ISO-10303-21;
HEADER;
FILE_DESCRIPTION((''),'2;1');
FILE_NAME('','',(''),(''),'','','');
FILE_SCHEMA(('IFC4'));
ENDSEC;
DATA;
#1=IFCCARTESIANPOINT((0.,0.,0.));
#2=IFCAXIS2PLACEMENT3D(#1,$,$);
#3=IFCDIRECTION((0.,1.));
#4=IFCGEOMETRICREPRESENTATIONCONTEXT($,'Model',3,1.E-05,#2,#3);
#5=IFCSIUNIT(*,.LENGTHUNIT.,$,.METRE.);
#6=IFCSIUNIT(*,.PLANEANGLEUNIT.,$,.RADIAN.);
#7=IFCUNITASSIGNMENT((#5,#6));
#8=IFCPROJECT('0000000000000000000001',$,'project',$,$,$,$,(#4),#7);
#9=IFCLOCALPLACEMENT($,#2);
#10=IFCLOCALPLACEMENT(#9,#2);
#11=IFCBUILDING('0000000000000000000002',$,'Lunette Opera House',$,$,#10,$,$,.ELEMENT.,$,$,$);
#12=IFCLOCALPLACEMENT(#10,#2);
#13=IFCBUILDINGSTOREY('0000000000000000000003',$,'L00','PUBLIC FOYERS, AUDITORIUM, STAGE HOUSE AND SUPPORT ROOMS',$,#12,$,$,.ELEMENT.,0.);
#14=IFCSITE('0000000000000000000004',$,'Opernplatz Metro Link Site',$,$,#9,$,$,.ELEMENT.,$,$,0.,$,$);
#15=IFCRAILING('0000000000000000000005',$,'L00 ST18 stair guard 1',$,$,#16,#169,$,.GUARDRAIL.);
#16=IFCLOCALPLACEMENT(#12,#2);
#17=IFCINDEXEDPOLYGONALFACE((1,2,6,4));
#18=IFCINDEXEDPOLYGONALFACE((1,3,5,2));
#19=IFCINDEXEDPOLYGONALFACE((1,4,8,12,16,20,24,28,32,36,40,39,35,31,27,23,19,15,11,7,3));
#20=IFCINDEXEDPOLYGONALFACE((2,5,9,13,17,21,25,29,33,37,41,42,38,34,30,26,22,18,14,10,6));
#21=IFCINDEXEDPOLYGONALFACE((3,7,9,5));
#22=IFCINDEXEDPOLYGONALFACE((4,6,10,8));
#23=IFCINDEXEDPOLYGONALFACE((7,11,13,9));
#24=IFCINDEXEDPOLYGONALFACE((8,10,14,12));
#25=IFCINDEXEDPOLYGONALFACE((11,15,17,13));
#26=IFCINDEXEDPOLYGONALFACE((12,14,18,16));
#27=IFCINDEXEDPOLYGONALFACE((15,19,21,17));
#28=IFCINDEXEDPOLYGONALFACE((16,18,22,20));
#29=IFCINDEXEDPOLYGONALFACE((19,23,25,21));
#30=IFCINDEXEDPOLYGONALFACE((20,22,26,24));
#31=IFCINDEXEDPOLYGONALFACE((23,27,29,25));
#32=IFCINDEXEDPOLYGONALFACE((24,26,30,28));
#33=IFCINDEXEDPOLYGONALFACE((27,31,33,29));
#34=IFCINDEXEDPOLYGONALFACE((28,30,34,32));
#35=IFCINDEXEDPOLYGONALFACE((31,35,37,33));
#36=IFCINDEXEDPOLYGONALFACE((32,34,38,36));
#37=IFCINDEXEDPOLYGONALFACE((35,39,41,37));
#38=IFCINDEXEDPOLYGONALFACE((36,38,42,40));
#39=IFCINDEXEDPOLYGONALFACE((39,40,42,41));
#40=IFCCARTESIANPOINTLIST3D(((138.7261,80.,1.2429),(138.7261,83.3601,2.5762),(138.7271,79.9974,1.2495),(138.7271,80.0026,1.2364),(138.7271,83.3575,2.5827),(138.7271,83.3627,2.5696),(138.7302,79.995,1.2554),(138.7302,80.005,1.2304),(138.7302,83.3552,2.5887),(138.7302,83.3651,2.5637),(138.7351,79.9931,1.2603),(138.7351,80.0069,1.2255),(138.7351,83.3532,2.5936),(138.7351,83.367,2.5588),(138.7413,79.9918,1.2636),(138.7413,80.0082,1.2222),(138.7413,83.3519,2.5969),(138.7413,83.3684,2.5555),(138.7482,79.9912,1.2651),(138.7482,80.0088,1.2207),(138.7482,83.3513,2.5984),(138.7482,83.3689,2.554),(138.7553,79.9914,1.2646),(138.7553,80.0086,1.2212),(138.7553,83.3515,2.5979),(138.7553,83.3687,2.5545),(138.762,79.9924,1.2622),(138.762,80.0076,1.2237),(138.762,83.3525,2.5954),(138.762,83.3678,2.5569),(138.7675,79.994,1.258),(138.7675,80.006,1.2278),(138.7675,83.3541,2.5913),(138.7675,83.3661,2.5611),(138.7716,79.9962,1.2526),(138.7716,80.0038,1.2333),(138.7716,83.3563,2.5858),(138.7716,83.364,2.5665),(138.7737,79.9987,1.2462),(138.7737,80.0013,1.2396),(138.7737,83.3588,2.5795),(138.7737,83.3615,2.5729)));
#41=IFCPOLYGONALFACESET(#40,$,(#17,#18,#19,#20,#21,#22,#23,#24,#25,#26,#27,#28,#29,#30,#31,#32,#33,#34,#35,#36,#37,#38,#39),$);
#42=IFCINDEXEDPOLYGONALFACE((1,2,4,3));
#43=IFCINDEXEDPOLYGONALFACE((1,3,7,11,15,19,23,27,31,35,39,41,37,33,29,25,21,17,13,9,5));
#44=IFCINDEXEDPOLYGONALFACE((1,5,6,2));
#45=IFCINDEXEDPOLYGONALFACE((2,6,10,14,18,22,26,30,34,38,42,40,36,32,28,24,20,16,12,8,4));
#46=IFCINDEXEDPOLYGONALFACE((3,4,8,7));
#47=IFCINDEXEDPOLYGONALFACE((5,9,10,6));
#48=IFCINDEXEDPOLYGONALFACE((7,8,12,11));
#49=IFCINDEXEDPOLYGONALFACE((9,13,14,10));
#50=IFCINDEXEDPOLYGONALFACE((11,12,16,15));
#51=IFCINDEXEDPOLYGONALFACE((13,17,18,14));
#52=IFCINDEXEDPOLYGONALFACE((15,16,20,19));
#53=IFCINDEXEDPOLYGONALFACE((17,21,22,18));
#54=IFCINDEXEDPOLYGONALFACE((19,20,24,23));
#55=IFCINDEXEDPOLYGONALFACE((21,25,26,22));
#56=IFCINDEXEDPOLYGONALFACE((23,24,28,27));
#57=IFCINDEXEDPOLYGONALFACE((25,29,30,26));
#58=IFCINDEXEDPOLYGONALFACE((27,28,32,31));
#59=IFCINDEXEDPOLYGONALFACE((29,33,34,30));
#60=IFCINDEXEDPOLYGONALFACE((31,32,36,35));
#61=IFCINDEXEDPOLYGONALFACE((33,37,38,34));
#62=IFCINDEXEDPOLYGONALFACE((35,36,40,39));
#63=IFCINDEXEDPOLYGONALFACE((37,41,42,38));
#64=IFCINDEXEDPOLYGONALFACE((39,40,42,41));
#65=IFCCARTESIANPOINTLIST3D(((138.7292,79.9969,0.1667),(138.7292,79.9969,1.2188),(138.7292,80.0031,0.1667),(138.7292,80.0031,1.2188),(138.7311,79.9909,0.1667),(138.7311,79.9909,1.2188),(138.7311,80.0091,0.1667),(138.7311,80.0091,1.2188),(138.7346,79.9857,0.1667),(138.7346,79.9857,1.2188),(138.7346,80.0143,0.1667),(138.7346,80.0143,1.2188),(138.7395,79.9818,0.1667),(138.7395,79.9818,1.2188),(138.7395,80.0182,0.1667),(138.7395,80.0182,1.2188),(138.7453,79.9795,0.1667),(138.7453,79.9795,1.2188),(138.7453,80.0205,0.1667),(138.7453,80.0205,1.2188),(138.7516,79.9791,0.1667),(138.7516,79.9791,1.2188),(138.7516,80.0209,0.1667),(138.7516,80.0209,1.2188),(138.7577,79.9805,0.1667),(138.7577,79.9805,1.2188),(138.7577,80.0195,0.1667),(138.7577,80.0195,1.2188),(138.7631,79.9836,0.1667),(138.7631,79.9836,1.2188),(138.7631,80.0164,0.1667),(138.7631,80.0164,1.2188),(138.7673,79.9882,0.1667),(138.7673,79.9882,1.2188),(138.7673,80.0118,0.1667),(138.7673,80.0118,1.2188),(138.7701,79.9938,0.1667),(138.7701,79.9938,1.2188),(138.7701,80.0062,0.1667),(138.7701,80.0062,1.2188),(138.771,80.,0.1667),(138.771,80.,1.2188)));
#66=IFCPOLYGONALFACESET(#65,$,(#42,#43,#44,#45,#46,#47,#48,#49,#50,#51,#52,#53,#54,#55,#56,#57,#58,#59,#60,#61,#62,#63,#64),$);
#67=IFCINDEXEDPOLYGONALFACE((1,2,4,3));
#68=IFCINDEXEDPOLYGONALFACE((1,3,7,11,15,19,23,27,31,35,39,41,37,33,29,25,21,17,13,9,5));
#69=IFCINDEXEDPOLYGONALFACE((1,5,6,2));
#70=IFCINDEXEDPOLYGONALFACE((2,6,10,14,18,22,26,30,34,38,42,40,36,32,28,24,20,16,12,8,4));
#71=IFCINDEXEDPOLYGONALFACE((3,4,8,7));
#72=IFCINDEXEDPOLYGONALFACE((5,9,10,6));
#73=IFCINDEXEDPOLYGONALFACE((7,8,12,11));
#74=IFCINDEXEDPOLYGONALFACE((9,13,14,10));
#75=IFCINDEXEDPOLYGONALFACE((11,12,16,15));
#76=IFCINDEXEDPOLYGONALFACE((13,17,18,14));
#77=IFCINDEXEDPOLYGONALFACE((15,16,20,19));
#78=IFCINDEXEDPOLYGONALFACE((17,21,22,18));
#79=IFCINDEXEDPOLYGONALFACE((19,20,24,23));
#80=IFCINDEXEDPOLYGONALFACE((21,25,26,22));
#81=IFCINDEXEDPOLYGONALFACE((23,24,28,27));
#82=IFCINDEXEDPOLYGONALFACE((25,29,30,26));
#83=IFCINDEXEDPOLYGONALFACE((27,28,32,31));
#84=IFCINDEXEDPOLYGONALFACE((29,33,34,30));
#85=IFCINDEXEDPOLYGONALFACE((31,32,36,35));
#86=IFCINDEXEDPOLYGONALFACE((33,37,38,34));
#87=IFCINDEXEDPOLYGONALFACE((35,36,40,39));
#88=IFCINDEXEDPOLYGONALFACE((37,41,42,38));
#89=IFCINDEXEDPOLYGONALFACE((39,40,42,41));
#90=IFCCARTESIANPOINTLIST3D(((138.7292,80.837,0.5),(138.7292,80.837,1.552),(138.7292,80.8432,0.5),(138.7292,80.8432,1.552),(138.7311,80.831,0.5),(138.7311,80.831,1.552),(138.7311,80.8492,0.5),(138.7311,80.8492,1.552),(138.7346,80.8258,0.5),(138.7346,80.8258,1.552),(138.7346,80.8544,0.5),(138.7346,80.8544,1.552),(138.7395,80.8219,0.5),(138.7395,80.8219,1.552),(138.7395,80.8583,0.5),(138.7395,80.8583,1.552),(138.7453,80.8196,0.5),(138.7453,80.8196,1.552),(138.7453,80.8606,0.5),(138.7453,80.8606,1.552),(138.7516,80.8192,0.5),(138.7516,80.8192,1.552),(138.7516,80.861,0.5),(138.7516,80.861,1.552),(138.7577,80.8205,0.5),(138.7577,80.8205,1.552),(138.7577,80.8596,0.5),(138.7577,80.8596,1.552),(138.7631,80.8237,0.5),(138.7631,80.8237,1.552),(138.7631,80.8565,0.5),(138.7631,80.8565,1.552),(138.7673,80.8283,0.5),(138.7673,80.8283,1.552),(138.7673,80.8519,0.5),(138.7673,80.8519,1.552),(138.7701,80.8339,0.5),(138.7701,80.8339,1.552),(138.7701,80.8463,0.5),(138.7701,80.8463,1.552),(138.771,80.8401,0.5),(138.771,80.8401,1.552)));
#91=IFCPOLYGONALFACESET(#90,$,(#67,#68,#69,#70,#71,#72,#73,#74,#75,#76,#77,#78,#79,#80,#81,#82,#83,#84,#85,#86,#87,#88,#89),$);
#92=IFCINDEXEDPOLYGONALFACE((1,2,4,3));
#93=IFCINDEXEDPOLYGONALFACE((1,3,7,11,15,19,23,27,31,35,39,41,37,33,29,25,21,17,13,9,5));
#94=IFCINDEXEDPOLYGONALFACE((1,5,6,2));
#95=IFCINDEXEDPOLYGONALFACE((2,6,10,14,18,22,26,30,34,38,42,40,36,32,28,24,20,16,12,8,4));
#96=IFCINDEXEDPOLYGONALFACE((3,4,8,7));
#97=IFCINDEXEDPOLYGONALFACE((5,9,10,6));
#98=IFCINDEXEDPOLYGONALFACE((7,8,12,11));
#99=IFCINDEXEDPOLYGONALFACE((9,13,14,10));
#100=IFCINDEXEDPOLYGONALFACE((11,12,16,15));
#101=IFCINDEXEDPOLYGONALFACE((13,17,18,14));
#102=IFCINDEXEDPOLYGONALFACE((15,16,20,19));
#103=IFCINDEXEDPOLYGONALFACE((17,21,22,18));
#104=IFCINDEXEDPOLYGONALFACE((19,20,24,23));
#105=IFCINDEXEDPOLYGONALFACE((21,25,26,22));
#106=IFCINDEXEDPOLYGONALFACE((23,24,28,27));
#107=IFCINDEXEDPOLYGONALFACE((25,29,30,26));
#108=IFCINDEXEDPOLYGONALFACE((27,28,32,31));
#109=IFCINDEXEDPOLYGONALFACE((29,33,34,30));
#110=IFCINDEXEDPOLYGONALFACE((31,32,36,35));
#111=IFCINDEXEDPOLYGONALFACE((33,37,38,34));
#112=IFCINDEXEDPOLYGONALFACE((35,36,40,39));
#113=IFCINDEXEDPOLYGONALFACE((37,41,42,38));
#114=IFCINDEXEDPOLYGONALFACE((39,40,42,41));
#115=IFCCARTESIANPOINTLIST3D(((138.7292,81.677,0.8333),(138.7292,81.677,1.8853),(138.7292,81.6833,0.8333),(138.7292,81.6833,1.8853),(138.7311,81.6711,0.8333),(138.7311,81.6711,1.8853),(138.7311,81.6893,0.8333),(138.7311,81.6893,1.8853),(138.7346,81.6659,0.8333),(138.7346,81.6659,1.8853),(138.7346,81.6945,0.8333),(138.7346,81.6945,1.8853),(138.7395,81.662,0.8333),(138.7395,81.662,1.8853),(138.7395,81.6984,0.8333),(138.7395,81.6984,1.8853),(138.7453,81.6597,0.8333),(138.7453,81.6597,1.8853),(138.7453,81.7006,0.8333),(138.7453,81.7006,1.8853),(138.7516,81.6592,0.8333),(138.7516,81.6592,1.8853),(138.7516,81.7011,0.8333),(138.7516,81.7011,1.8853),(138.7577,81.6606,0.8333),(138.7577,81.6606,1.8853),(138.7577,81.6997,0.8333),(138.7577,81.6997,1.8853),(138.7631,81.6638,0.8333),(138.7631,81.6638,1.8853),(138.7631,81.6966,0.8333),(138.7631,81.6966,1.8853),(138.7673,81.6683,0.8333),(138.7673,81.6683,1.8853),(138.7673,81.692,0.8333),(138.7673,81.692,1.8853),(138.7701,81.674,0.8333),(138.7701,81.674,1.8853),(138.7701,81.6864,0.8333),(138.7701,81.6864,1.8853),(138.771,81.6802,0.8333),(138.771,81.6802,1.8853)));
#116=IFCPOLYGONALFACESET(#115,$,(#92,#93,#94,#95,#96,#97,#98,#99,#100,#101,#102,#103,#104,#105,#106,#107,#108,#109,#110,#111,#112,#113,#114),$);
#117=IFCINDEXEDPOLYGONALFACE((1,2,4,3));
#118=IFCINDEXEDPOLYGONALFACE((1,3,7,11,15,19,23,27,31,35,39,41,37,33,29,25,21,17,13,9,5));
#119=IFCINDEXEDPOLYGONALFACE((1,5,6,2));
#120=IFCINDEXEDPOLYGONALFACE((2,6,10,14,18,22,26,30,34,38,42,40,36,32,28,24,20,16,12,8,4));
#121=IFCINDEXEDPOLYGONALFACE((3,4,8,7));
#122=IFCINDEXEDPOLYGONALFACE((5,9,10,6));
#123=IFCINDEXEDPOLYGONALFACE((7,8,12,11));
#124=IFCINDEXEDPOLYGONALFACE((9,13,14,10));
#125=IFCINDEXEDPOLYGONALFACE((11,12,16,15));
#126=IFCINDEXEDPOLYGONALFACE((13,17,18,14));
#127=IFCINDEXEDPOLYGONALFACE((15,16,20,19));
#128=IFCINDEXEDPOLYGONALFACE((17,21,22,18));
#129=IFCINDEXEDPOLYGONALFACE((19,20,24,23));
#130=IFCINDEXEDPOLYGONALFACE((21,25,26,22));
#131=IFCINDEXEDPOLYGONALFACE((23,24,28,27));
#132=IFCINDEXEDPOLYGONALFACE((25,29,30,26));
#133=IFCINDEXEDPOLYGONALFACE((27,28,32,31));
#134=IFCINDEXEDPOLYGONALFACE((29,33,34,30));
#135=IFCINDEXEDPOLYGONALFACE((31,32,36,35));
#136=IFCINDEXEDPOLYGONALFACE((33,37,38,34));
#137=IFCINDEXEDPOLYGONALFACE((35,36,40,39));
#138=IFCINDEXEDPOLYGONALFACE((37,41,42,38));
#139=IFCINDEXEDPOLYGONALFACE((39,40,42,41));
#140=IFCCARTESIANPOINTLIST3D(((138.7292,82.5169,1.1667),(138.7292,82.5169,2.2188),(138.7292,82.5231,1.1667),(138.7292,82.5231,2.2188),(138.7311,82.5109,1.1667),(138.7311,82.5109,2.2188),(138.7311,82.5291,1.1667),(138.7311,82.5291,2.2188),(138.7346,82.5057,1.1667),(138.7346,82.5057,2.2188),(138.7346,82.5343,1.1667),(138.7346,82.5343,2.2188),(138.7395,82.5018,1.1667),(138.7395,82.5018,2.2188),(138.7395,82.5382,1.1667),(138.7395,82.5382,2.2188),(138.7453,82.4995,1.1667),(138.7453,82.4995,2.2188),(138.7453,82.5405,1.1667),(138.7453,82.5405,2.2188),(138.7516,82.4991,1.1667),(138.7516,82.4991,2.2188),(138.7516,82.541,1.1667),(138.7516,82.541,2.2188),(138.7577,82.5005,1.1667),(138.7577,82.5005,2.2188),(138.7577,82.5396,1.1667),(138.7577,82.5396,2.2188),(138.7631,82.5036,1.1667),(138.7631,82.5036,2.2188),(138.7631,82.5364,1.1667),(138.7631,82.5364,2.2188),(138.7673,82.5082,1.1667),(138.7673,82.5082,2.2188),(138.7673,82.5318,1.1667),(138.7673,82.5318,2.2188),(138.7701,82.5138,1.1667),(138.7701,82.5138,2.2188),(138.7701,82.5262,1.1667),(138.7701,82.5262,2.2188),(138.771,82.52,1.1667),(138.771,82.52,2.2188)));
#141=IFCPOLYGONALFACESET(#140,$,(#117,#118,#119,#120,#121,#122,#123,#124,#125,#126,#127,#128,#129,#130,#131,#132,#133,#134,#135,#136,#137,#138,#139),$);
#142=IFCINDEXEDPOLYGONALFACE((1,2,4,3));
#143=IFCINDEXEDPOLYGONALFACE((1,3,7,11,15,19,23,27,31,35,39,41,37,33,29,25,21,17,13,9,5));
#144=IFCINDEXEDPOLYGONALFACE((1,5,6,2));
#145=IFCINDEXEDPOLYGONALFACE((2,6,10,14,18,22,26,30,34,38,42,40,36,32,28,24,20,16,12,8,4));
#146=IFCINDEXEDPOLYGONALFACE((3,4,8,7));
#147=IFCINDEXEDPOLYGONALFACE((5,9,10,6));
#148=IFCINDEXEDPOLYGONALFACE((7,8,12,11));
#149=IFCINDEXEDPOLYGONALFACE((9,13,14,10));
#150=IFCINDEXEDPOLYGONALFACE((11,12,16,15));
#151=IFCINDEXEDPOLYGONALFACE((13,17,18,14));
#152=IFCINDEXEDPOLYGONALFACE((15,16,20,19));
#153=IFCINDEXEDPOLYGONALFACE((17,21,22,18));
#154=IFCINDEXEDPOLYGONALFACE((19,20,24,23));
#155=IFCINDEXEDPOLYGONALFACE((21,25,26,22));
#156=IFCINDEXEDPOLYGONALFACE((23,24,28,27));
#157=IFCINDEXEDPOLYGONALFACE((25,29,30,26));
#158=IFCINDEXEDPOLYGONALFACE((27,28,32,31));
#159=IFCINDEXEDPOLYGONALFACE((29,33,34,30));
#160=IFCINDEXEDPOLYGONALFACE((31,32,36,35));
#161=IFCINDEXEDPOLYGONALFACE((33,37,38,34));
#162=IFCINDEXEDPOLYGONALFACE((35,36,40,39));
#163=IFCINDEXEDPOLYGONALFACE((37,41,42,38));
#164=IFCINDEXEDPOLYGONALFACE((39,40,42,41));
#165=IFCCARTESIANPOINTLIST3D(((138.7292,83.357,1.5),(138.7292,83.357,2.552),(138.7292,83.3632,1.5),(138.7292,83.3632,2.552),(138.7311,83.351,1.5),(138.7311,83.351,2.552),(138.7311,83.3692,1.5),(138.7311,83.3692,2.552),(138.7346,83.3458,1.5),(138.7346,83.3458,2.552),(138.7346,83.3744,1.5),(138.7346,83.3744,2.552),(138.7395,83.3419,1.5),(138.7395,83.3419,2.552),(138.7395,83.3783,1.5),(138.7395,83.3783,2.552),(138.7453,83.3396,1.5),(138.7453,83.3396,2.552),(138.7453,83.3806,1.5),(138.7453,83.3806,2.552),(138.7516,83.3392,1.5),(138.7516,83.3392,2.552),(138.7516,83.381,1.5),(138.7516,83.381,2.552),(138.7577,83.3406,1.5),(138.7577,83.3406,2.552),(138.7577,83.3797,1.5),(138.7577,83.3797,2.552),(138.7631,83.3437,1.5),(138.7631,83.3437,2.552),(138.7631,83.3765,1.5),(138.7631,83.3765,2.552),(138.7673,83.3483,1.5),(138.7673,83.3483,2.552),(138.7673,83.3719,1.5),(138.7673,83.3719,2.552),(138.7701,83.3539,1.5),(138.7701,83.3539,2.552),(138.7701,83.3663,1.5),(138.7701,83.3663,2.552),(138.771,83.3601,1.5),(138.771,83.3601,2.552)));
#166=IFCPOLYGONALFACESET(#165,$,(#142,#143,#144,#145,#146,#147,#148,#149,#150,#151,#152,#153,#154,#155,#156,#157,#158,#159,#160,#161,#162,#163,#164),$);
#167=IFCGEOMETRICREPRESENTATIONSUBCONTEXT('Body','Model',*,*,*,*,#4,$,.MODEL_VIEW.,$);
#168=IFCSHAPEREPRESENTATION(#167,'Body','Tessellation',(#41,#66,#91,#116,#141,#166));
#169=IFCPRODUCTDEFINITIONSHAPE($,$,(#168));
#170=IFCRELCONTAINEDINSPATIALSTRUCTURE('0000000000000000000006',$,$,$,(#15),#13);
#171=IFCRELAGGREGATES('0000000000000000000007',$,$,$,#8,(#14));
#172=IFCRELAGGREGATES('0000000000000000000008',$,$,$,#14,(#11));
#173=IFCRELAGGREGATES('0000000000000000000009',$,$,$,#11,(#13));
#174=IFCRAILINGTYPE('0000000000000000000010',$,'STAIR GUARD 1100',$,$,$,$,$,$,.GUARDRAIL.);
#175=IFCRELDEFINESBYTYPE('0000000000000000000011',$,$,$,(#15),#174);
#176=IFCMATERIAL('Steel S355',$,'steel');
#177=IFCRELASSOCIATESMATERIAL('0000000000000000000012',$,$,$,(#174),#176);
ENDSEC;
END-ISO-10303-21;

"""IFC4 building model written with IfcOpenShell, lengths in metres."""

from ifc_helpers import new_model, si_unit, direction, frame, origin, origin_2d, place, context, subcontext, project, spatial, circle, extrude, material, type_object, element, save


model = new_model("IFC4")

# Units and contexts
model_context = context("Model", 3, precision=1e-05, world=origin(), true_north=direction((0.0, 1.0)))
body_context = subcontext(model_context, "Body", "Model", "MODEL_VIEW")
ifc_project = project(units=[si_unit("LENGTHUNIT", "METRE"), si_unit("PLANEANGLEUNIT", "RADIAN")], contexts=[model_context])

# Site, building, storey
site_placement = place(None, origin())
site = spatial("IfcSite", under=ifc_project, at=site_placement, Name="Opernplatz Metro Link Site", CompositionType="ELEMENT", RefElevation=0.0)
building_placement = place(site_placement, origin())
building = spatial("IfcBuilding", under=site, at=building_placement, Name="Lunette Opera House", CompositionType="ELEMENT")
storey_placement = place(building_placement, origin())
storey = spatial("IfcBuildingStorey", under=building, at=storey_placement, Name="L00", Description="PUBLIC FOYERS, AUDITORIUM, STAGE HOUSE AND SUPPORT ROOMS", CompositionType="ELEMENT", Elevation=0.0)

# Railing
ifc_material_1 = material(Name="Steel S355", Category="steel")
railing_type_1 = type_object("IfcRailingType", Name="STAIR GUARD 1100", PredefinedType="GUARDRAIL", material=ifc_material_1)
railing_1_placement = place(storey_placement, frame((138.75, 80.0, 0.1667)))
element("IfcRailing", 1, at=railing_1_placement, inside=storey, type_object=railing_type_1, Name="L00 ST18 stair guard 1", PredefinedType="GUARDRAIL", context=body_context, shape_type="SweptSolid", body=[
    extrude(circle(Radius=0.0239, at=origin_2d()), frame((0.0, 0.0, 1.0762), z_axis=(0.0, 0.929502, 0.368816), x_axis=(-1.0, 0.0, 0.0)), (0.0, 0.0, 1.0), 3.615),
    extrude(circle(Radius=0.021, at=origin_2d()), origin(), (0.0, 0.0, 1.0), 1.052),
    extrude(circle(Radius=0.021, at=origin_2d()), frame((0.0, 0.8401, 0.3333)), (0.0, 0.0, 1.0), 1.052),
    extrude(circle(Radius=0.021, at=origin_2d()), frame((0.0, 1.6802, 0.6665)), (0.0, 0.0, 1.0), 1.052),
    extrude(circle(Radius=0.021, at=origin_2d()), frame((0.0, 2.52, 1.0)), (0.0, 0.0, 1.0), 1.052),
    extrude(circle(Radius=0.021, at=origin_2d()), frame((0.0, 3.3601, 1.3333)), (0.0, 0.0, 1.0), 1.052),
])

save(model, "model.ifc")
